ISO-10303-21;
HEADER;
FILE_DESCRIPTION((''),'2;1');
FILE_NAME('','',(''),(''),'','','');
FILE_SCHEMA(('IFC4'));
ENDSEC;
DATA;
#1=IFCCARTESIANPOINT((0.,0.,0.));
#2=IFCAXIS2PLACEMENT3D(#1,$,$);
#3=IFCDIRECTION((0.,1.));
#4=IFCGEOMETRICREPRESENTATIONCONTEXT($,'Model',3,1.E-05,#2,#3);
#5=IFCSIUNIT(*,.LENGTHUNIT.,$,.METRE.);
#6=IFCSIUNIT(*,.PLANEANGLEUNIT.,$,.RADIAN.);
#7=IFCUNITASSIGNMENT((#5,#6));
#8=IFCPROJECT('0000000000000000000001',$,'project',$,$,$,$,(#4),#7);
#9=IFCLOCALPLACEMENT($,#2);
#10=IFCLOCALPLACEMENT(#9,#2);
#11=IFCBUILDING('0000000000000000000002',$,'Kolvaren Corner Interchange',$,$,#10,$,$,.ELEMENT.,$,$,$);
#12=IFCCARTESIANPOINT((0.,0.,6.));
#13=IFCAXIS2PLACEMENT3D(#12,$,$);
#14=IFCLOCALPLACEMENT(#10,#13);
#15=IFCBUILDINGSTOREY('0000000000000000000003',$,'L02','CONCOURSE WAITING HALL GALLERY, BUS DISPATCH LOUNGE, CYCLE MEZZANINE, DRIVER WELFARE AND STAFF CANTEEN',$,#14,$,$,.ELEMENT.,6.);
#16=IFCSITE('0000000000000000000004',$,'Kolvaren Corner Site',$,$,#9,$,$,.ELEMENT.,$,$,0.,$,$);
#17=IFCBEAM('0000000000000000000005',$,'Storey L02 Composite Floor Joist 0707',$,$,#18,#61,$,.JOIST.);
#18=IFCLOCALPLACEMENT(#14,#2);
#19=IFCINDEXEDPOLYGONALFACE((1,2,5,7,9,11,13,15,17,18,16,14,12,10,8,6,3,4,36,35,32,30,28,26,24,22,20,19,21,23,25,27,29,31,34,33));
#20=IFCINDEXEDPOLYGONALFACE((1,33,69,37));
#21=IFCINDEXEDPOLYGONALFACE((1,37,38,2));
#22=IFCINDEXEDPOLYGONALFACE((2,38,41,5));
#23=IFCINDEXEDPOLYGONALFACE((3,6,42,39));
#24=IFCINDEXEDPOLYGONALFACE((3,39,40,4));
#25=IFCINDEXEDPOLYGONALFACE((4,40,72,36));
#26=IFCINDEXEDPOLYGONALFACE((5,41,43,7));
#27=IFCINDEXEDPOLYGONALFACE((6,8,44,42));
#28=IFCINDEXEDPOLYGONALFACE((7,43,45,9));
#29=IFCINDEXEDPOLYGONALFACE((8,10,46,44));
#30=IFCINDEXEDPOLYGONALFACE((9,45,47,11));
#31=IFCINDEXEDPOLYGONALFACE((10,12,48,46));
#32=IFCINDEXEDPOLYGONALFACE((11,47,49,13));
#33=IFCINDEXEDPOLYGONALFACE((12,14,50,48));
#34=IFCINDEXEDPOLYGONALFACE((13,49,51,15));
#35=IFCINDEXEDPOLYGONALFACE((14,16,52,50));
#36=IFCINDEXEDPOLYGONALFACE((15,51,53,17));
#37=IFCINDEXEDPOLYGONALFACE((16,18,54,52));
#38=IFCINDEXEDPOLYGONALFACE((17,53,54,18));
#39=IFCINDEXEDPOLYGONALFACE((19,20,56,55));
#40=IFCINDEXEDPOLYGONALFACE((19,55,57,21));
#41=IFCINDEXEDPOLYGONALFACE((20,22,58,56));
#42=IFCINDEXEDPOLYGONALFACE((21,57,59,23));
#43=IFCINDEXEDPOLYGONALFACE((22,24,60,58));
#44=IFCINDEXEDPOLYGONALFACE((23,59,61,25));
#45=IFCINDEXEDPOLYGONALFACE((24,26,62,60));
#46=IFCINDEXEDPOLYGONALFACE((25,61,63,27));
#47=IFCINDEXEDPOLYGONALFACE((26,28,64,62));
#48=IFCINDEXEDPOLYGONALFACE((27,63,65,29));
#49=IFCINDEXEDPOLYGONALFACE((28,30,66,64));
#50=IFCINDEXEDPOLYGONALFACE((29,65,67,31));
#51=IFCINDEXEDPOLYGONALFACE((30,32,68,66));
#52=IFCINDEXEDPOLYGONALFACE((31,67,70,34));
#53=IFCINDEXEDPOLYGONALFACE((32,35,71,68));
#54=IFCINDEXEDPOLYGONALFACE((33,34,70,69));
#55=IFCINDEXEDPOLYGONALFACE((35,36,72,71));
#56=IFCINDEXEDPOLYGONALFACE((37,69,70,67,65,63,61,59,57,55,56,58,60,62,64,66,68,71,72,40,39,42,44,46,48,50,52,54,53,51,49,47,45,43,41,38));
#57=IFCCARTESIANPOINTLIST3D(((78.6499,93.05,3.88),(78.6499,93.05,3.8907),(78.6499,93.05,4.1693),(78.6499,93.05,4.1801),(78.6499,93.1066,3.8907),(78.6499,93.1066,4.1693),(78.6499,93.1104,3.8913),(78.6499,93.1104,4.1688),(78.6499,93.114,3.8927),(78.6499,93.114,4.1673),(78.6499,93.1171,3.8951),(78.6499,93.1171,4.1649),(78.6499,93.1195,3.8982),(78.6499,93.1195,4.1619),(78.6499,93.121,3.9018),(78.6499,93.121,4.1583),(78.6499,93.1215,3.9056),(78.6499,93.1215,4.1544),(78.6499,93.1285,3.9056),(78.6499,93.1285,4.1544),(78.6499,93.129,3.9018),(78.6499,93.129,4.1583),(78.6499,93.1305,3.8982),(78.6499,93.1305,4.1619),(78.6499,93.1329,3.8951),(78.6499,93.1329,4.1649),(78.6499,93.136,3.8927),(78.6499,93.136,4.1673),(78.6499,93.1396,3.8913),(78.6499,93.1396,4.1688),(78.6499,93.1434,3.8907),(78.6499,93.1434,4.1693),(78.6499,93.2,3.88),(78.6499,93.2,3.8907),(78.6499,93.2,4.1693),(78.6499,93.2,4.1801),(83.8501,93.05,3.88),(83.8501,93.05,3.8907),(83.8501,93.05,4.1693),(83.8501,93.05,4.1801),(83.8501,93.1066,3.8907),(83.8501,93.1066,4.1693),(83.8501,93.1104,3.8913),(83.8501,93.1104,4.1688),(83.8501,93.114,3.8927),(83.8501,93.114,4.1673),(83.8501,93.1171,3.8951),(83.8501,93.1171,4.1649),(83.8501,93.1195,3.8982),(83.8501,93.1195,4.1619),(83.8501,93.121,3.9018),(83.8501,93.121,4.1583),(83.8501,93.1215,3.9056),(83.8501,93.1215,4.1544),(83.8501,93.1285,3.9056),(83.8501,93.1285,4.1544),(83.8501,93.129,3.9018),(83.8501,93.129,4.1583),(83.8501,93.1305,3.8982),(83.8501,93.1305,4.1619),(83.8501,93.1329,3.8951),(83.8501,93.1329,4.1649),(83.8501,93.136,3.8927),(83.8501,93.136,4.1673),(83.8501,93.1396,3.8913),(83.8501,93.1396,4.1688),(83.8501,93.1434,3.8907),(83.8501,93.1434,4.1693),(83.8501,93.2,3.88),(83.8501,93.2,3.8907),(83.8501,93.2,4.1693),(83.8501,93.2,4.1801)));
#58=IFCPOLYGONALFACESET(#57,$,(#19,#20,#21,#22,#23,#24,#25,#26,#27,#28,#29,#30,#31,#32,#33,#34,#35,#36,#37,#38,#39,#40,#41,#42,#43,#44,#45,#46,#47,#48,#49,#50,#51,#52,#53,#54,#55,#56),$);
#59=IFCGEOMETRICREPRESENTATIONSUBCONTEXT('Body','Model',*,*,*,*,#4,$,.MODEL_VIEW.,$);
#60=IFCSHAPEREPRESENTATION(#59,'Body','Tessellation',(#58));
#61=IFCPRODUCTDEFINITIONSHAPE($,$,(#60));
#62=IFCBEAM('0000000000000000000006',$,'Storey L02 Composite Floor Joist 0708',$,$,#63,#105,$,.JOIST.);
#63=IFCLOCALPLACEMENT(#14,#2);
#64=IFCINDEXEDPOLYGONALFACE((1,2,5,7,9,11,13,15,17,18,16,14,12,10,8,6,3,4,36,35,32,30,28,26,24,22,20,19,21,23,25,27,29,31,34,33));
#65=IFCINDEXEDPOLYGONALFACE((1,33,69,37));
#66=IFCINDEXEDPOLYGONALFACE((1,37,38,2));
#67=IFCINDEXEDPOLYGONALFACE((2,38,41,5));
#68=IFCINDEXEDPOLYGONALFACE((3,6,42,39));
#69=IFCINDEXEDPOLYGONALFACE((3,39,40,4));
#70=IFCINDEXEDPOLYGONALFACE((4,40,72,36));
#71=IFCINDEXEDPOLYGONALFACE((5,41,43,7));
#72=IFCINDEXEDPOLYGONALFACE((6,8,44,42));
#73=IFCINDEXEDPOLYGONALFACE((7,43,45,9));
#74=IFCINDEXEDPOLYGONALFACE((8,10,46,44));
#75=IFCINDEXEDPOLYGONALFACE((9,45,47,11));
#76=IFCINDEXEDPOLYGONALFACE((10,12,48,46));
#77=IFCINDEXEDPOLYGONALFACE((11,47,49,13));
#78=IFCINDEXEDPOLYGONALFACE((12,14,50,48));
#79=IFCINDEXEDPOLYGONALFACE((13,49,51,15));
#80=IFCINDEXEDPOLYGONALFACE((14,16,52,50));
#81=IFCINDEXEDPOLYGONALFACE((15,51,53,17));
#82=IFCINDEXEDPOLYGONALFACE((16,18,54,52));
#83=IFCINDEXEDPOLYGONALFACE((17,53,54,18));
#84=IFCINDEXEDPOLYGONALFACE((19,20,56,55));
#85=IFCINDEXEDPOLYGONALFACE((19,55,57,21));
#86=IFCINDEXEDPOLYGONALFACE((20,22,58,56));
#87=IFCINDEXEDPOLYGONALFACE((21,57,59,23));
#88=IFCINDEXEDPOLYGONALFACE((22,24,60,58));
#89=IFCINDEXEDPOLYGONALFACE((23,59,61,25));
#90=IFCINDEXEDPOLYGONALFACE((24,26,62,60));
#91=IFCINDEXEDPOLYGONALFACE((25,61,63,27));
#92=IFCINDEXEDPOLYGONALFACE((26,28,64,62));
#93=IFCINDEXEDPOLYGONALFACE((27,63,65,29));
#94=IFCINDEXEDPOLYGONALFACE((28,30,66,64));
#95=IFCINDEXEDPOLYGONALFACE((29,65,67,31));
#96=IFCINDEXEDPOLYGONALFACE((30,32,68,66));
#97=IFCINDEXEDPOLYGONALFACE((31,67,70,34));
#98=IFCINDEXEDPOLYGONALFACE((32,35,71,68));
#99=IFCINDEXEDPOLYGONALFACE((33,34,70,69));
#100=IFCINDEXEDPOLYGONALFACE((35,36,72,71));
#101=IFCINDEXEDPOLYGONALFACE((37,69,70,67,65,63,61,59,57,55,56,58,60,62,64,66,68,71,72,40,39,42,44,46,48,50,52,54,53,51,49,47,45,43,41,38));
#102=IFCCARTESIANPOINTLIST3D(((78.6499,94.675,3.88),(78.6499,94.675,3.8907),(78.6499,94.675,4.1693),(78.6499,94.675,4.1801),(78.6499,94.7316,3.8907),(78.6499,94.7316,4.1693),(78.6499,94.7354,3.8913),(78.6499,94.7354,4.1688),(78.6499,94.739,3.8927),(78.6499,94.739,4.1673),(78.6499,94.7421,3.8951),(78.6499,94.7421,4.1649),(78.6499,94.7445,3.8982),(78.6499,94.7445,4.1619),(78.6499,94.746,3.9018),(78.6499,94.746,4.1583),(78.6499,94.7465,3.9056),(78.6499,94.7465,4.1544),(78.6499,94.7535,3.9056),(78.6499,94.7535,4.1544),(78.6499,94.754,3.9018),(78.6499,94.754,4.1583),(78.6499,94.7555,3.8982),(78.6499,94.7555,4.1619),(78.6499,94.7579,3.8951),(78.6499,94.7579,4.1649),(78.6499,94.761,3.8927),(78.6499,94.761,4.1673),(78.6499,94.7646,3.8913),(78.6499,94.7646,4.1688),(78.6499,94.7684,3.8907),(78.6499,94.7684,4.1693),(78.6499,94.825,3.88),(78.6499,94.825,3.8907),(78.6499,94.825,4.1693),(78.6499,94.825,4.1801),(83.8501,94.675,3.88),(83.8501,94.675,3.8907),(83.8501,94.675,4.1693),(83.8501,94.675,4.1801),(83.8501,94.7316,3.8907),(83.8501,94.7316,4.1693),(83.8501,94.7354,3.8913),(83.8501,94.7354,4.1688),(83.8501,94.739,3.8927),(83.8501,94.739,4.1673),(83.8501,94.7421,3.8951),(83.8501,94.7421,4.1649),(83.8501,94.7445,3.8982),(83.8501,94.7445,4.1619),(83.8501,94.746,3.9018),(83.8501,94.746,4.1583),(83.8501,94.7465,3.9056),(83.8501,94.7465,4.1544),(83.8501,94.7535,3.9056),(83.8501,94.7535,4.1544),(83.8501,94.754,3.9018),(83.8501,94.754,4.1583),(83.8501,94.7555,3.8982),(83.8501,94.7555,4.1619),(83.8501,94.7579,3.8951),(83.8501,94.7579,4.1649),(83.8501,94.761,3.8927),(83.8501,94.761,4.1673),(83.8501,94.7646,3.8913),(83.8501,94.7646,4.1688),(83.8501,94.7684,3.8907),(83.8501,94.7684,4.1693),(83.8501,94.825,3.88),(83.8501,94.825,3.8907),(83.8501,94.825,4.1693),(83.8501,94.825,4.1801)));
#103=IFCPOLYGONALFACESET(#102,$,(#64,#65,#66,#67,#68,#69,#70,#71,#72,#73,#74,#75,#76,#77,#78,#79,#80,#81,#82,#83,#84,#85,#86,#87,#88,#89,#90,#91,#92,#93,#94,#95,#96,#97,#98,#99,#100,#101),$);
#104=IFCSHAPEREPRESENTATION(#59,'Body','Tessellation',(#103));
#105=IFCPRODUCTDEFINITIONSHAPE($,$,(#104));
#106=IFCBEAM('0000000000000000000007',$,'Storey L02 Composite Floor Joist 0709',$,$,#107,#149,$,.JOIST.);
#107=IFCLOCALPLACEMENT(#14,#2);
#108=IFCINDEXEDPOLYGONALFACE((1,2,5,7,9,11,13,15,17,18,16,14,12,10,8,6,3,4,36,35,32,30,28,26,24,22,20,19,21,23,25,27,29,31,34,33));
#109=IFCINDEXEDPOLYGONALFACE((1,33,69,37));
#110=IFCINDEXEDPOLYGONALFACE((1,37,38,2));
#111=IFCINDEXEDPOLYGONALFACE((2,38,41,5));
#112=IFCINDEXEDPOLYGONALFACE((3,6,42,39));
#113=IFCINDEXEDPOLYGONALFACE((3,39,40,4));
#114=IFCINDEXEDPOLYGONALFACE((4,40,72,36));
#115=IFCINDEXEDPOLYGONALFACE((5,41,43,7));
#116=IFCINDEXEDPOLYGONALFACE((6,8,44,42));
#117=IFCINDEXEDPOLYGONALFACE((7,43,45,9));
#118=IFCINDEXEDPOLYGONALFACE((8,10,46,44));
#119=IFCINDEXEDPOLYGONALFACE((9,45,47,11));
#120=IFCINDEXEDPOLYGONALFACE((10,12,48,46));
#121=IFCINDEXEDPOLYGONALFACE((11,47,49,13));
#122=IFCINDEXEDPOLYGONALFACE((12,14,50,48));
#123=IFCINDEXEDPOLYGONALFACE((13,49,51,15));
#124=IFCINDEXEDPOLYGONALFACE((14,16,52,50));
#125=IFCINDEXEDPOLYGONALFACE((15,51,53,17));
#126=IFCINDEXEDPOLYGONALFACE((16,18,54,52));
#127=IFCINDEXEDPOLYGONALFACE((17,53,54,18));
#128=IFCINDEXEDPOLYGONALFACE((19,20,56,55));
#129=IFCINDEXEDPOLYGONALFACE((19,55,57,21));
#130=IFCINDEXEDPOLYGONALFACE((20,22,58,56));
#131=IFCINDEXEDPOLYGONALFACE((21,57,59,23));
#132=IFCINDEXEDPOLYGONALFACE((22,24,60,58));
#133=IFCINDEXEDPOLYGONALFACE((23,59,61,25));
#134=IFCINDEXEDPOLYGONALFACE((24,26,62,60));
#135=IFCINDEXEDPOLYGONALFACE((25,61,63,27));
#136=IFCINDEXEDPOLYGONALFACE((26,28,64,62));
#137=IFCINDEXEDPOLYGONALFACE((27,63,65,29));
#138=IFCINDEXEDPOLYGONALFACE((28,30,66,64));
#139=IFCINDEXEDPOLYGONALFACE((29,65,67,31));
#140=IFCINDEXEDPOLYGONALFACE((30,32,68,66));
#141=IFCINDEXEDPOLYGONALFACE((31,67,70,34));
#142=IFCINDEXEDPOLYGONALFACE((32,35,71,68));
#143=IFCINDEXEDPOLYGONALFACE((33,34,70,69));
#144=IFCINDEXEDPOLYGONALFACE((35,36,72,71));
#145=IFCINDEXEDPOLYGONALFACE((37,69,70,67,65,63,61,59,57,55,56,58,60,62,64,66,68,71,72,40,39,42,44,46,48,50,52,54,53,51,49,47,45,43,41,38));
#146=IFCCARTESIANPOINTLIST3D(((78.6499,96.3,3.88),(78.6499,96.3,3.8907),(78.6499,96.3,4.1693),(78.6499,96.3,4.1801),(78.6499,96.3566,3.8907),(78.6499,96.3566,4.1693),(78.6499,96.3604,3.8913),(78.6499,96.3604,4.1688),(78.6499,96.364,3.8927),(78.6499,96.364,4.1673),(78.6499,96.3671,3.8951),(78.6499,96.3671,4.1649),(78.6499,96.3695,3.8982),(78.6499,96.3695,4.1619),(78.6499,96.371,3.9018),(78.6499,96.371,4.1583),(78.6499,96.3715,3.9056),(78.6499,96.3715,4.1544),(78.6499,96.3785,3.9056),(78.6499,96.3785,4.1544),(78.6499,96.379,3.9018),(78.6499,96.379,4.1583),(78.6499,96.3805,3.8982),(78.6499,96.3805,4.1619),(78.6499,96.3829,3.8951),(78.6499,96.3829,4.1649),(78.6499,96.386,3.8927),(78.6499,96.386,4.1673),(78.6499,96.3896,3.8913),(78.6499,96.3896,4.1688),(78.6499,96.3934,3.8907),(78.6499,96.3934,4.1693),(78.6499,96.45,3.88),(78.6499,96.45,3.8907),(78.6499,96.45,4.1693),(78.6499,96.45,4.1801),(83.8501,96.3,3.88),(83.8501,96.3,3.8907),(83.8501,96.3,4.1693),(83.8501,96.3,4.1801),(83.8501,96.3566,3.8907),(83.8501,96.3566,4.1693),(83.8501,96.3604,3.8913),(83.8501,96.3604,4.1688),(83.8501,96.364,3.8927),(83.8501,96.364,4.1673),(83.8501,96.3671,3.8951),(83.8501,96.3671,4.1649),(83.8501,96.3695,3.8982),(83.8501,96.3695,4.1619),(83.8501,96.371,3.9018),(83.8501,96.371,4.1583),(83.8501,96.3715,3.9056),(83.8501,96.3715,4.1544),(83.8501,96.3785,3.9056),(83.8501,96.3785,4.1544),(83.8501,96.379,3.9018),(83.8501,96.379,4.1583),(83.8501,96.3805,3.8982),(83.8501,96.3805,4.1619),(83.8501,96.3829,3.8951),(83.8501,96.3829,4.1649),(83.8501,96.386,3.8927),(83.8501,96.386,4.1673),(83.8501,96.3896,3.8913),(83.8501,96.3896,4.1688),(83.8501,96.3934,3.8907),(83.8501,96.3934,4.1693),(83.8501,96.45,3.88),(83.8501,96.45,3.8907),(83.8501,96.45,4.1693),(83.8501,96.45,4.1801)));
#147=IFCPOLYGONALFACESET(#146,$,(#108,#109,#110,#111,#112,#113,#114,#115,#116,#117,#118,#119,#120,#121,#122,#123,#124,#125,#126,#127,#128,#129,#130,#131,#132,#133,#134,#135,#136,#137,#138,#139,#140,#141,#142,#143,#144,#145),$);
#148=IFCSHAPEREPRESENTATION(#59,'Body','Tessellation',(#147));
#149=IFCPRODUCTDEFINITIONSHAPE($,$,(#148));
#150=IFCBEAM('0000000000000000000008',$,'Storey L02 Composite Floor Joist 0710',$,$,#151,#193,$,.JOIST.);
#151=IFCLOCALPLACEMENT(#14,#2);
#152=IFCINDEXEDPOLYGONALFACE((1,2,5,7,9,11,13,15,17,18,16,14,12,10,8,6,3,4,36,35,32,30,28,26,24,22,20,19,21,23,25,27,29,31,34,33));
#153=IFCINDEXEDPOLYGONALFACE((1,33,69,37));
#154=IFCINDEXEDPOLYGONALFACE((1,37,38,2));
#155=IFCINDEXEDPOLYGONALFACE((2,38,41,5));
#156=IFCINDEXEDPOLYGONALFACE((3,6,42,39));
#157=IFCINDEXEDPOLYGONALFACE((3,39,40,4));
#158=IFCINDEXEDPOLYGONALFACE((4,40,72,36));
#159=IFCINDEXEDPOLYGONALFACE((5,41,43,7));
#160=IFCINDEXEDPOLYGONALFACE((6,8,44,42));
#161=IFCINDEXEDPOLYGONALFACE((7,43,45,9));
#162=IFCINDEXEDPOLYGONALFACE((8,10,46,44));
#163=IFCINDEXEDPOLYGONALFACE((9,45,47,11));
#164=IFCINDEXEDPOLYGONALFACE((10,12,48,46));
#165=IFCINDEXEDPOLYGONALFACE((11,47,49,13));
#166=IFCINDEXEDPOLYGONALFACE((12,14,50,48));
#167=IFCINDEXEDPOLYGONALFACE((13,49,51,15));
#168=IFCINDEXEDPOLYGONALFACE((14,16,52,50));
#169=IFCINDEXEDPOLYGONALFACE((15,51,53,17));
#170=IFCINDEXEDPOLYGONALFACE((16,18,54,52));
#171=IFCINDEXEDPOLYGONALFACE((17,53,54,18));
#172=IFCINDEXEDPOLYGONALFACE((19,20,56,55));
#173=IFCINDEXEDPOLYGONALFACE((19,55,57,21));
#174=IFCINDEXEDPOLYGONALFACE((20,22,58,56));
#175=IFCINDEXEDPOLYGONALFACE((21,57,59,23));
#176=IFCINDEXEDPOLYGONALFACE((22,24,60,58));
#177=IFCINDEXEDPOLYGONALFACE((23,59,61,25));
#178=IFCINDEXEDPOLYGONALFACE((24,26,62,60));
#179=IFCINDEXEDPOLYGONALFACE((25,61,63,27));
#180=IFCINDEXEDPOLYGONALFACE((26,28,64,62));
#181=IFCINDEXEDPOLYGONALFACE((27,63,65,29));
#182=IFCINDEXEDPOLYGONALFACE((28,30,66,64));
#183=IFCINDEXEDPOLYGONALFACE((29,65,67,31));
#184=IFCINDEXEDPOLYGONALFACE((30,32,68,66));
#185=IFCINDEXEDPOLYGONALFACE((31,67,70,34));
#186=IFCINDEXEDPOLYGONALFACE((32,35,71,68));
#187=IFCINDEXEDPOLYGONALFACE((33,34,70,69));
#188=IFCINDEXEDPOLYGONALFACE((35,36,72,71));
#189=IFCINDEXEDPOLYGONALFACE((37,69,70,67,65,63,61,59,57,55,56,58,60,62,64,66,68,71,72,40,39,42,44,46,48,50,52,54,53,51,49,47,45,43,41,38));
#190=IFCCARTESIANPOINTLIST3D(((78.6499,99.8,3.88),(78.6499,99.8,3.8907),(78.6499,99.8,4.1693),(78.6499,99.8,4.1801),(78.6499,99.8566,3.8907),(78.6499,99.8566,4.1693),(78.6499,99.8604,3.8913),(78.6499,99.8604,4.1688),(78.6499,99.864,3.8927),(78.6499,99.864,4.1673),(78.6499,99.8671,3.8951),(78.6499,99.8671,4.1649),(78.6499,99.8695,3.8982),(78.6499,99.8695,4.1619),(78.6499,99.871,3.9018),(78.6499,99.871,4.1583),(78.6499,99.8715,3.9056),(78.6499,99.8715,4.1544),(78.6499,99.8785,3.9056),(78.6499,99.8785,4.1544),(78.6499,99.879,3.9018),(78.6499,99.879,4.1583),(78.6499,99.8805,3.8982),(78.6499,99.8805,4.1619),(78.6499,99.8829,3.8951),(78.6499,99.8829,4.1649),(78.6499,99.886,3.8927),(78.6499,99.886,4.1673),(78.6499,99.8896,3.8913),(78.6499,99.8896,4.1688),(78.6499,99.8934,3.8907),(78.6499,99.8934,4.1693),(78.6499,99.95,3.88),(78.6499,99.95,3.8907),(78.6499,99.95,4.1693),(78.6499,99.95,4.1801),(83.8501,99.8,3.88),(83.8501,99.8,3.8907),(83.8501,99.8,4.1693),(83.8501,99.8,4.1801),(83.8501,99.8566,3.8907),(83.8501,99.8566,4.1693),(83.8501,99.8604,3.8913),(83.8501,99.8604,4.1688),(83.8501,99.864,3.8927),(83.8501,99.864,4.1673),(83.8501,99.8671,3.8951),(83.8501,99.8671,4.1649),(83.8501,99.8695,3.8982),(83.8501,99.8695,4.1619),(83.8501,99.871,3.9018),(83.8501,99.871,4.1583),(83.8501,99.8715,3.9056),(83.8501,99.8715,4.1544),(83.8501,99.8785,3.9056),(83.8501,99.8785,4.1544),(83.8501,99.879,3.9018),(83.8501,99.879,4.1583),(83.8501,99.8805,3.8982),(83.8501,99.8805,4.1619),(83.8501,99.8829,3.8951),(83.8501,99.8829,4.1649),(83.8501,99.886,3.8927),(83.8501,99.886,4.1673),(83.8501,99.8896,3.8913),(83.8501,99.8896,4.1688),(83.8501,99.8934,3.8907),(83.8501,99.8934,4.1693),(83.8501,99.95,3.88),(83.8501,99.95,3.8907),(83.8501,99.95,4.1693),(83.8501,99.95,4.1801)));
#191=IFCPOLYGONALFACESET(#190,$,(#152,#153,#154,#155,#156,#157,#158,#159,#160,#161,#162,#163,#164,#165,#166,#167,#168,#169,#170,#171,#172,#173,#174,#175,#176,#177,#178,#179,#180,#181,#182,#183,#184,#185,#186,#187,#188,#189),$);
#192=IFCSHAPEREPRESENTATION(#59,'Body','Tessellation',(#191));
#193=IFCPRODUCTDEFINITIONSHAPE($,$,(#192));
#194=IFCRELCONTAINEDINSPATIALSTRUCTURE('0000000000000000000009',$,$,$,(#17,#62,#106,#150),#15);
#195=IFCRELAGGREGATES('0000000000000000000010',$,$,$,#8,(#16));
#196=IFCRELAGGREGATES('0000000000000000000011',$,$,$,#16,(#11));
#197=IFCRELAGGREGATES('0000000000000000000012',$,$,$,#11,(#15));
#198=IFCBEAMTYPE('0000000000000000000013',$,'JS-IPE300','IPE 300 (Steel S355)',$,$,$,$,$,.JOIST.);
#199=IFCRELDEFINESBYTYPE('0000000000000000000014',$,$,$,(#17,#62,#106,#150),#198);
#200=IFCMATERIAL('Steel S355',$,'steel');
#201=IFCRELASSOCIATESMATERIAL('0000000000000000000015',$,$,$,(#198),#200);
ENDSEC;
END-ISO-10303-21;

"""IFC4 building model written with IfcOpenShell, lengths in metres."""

from ifc_helpers import new_model, si_unit, direction, frame, origin, origin_2d, place, context, subcontext, project, spatial, i_section, extrude, material, material_profile, profile_set, type_object, element, save


model = new_model("IFC4")

# Units and contexts
model_context = context("Model", 3, precision=1e-05, world=origin(), true_north=direction((0.0, 1.0)))
body_context = subcontext(model_context, "Body", "Model", "MODEL_VIEW")
ifc_project = project(units=[si_unit("LENGTHUNIT", "METRE"), si_unit("PLANEANGLEUNIT", "RADIAN")], contexts=[model_context])

# Site, building, storey
site_placement = place(None, origin())
site = spatial("IfcSite", under=ifc_project, at=site_placement, Name="Kolvaren Corner Site", CompositionType="ELEMENT", RefElevation=0.0)
building_placement = place(site_placement, origin())
building = spatial("IfcBuilding", under=site, at=building_placement, Name="Kolvaren Corner Interchange", CompositionType="ELEMENT")
storey_placement = place(building_placement, frame((0.0, 0.0, 6.0)))
storey = spatial("IfcBuildingStorey", under=building, at=storey_placement, Name="L02", Description="CONCOURSE WAITING HALL GALLERY, BUS DISPATCH LOUNGE, CYCLE MEZZANINE, DRIVER WELFARE AND STAFF CANTEEN", CompositionType="ELEMENT", Elevation=6.0)

# Beams
ifc_material_1 = material(Name="Steel S355", Category="steel")
ifc_material_profile_1 = material_profile(ifc_material_1, i_section(OverallWidth=0.1499, OverallDepth=0.3, WebThickness=0.0071, FlangeThickness=0.0107, FilletRadius=0.0149, at=origin_2d()), Name="IPE 300")
ifc_profile_set_1 = profile_set([ifc_material_profile_1], Name="Steel S355")
beam_type_1 = type_object("IfcBeamType", Name="JS-IPE300", Description="IPE 300 (Steel S355)", PredefinedType="JOIST", material=ifc_profile_set_1)
for number, where, z_axis, x_axis, name in (
    (1, (78.6499, 93.125, 4.03), (1.0, 0.0, 0.0), (0.0, 1.0, 0.0), "Storey L02 Composite Floor Joist 0707"),
    (2, (78.6499, 94.75, 4.03), (1.0, 0.0, 0.0), (0.0, 1.0, 0.0), "Storey L02 Composite Floor Joist 0708"),
    (3, (78.6499, 96.375, 4.03), (1.0, 0.0, 0.0), (0.0, 1.0, 0.0), "Storey L02 Composite Floor Joist 0709"),
    (4, (78.6499, 99.875, 4.03), (1.0, 0.0, 0.0), (0.0, 1.0, 0.0), "Storey L02 Composite Floor Joist 0710"),
):
    element("IfcBeam", number, at=place(storey_placement, frame(where, z_axis=z_axis, x_axis=x_axis)), inside=storey, type_object=beam_type_1, Name=name, PredefinedType="JOIST", context=body_context, shape_type="SweptSolid", body=[
        extrude(i_section(OverallWidth=0.1499, OverallDepth=0.3, WebThickness=0.0071, FlangeThickness=0.0107, FilletRadius=0.0149, at=origin_2d()), origin(), (0.0, 0.0, 1.0), 5.2002),
    ])

save(model, "model.ifc")
